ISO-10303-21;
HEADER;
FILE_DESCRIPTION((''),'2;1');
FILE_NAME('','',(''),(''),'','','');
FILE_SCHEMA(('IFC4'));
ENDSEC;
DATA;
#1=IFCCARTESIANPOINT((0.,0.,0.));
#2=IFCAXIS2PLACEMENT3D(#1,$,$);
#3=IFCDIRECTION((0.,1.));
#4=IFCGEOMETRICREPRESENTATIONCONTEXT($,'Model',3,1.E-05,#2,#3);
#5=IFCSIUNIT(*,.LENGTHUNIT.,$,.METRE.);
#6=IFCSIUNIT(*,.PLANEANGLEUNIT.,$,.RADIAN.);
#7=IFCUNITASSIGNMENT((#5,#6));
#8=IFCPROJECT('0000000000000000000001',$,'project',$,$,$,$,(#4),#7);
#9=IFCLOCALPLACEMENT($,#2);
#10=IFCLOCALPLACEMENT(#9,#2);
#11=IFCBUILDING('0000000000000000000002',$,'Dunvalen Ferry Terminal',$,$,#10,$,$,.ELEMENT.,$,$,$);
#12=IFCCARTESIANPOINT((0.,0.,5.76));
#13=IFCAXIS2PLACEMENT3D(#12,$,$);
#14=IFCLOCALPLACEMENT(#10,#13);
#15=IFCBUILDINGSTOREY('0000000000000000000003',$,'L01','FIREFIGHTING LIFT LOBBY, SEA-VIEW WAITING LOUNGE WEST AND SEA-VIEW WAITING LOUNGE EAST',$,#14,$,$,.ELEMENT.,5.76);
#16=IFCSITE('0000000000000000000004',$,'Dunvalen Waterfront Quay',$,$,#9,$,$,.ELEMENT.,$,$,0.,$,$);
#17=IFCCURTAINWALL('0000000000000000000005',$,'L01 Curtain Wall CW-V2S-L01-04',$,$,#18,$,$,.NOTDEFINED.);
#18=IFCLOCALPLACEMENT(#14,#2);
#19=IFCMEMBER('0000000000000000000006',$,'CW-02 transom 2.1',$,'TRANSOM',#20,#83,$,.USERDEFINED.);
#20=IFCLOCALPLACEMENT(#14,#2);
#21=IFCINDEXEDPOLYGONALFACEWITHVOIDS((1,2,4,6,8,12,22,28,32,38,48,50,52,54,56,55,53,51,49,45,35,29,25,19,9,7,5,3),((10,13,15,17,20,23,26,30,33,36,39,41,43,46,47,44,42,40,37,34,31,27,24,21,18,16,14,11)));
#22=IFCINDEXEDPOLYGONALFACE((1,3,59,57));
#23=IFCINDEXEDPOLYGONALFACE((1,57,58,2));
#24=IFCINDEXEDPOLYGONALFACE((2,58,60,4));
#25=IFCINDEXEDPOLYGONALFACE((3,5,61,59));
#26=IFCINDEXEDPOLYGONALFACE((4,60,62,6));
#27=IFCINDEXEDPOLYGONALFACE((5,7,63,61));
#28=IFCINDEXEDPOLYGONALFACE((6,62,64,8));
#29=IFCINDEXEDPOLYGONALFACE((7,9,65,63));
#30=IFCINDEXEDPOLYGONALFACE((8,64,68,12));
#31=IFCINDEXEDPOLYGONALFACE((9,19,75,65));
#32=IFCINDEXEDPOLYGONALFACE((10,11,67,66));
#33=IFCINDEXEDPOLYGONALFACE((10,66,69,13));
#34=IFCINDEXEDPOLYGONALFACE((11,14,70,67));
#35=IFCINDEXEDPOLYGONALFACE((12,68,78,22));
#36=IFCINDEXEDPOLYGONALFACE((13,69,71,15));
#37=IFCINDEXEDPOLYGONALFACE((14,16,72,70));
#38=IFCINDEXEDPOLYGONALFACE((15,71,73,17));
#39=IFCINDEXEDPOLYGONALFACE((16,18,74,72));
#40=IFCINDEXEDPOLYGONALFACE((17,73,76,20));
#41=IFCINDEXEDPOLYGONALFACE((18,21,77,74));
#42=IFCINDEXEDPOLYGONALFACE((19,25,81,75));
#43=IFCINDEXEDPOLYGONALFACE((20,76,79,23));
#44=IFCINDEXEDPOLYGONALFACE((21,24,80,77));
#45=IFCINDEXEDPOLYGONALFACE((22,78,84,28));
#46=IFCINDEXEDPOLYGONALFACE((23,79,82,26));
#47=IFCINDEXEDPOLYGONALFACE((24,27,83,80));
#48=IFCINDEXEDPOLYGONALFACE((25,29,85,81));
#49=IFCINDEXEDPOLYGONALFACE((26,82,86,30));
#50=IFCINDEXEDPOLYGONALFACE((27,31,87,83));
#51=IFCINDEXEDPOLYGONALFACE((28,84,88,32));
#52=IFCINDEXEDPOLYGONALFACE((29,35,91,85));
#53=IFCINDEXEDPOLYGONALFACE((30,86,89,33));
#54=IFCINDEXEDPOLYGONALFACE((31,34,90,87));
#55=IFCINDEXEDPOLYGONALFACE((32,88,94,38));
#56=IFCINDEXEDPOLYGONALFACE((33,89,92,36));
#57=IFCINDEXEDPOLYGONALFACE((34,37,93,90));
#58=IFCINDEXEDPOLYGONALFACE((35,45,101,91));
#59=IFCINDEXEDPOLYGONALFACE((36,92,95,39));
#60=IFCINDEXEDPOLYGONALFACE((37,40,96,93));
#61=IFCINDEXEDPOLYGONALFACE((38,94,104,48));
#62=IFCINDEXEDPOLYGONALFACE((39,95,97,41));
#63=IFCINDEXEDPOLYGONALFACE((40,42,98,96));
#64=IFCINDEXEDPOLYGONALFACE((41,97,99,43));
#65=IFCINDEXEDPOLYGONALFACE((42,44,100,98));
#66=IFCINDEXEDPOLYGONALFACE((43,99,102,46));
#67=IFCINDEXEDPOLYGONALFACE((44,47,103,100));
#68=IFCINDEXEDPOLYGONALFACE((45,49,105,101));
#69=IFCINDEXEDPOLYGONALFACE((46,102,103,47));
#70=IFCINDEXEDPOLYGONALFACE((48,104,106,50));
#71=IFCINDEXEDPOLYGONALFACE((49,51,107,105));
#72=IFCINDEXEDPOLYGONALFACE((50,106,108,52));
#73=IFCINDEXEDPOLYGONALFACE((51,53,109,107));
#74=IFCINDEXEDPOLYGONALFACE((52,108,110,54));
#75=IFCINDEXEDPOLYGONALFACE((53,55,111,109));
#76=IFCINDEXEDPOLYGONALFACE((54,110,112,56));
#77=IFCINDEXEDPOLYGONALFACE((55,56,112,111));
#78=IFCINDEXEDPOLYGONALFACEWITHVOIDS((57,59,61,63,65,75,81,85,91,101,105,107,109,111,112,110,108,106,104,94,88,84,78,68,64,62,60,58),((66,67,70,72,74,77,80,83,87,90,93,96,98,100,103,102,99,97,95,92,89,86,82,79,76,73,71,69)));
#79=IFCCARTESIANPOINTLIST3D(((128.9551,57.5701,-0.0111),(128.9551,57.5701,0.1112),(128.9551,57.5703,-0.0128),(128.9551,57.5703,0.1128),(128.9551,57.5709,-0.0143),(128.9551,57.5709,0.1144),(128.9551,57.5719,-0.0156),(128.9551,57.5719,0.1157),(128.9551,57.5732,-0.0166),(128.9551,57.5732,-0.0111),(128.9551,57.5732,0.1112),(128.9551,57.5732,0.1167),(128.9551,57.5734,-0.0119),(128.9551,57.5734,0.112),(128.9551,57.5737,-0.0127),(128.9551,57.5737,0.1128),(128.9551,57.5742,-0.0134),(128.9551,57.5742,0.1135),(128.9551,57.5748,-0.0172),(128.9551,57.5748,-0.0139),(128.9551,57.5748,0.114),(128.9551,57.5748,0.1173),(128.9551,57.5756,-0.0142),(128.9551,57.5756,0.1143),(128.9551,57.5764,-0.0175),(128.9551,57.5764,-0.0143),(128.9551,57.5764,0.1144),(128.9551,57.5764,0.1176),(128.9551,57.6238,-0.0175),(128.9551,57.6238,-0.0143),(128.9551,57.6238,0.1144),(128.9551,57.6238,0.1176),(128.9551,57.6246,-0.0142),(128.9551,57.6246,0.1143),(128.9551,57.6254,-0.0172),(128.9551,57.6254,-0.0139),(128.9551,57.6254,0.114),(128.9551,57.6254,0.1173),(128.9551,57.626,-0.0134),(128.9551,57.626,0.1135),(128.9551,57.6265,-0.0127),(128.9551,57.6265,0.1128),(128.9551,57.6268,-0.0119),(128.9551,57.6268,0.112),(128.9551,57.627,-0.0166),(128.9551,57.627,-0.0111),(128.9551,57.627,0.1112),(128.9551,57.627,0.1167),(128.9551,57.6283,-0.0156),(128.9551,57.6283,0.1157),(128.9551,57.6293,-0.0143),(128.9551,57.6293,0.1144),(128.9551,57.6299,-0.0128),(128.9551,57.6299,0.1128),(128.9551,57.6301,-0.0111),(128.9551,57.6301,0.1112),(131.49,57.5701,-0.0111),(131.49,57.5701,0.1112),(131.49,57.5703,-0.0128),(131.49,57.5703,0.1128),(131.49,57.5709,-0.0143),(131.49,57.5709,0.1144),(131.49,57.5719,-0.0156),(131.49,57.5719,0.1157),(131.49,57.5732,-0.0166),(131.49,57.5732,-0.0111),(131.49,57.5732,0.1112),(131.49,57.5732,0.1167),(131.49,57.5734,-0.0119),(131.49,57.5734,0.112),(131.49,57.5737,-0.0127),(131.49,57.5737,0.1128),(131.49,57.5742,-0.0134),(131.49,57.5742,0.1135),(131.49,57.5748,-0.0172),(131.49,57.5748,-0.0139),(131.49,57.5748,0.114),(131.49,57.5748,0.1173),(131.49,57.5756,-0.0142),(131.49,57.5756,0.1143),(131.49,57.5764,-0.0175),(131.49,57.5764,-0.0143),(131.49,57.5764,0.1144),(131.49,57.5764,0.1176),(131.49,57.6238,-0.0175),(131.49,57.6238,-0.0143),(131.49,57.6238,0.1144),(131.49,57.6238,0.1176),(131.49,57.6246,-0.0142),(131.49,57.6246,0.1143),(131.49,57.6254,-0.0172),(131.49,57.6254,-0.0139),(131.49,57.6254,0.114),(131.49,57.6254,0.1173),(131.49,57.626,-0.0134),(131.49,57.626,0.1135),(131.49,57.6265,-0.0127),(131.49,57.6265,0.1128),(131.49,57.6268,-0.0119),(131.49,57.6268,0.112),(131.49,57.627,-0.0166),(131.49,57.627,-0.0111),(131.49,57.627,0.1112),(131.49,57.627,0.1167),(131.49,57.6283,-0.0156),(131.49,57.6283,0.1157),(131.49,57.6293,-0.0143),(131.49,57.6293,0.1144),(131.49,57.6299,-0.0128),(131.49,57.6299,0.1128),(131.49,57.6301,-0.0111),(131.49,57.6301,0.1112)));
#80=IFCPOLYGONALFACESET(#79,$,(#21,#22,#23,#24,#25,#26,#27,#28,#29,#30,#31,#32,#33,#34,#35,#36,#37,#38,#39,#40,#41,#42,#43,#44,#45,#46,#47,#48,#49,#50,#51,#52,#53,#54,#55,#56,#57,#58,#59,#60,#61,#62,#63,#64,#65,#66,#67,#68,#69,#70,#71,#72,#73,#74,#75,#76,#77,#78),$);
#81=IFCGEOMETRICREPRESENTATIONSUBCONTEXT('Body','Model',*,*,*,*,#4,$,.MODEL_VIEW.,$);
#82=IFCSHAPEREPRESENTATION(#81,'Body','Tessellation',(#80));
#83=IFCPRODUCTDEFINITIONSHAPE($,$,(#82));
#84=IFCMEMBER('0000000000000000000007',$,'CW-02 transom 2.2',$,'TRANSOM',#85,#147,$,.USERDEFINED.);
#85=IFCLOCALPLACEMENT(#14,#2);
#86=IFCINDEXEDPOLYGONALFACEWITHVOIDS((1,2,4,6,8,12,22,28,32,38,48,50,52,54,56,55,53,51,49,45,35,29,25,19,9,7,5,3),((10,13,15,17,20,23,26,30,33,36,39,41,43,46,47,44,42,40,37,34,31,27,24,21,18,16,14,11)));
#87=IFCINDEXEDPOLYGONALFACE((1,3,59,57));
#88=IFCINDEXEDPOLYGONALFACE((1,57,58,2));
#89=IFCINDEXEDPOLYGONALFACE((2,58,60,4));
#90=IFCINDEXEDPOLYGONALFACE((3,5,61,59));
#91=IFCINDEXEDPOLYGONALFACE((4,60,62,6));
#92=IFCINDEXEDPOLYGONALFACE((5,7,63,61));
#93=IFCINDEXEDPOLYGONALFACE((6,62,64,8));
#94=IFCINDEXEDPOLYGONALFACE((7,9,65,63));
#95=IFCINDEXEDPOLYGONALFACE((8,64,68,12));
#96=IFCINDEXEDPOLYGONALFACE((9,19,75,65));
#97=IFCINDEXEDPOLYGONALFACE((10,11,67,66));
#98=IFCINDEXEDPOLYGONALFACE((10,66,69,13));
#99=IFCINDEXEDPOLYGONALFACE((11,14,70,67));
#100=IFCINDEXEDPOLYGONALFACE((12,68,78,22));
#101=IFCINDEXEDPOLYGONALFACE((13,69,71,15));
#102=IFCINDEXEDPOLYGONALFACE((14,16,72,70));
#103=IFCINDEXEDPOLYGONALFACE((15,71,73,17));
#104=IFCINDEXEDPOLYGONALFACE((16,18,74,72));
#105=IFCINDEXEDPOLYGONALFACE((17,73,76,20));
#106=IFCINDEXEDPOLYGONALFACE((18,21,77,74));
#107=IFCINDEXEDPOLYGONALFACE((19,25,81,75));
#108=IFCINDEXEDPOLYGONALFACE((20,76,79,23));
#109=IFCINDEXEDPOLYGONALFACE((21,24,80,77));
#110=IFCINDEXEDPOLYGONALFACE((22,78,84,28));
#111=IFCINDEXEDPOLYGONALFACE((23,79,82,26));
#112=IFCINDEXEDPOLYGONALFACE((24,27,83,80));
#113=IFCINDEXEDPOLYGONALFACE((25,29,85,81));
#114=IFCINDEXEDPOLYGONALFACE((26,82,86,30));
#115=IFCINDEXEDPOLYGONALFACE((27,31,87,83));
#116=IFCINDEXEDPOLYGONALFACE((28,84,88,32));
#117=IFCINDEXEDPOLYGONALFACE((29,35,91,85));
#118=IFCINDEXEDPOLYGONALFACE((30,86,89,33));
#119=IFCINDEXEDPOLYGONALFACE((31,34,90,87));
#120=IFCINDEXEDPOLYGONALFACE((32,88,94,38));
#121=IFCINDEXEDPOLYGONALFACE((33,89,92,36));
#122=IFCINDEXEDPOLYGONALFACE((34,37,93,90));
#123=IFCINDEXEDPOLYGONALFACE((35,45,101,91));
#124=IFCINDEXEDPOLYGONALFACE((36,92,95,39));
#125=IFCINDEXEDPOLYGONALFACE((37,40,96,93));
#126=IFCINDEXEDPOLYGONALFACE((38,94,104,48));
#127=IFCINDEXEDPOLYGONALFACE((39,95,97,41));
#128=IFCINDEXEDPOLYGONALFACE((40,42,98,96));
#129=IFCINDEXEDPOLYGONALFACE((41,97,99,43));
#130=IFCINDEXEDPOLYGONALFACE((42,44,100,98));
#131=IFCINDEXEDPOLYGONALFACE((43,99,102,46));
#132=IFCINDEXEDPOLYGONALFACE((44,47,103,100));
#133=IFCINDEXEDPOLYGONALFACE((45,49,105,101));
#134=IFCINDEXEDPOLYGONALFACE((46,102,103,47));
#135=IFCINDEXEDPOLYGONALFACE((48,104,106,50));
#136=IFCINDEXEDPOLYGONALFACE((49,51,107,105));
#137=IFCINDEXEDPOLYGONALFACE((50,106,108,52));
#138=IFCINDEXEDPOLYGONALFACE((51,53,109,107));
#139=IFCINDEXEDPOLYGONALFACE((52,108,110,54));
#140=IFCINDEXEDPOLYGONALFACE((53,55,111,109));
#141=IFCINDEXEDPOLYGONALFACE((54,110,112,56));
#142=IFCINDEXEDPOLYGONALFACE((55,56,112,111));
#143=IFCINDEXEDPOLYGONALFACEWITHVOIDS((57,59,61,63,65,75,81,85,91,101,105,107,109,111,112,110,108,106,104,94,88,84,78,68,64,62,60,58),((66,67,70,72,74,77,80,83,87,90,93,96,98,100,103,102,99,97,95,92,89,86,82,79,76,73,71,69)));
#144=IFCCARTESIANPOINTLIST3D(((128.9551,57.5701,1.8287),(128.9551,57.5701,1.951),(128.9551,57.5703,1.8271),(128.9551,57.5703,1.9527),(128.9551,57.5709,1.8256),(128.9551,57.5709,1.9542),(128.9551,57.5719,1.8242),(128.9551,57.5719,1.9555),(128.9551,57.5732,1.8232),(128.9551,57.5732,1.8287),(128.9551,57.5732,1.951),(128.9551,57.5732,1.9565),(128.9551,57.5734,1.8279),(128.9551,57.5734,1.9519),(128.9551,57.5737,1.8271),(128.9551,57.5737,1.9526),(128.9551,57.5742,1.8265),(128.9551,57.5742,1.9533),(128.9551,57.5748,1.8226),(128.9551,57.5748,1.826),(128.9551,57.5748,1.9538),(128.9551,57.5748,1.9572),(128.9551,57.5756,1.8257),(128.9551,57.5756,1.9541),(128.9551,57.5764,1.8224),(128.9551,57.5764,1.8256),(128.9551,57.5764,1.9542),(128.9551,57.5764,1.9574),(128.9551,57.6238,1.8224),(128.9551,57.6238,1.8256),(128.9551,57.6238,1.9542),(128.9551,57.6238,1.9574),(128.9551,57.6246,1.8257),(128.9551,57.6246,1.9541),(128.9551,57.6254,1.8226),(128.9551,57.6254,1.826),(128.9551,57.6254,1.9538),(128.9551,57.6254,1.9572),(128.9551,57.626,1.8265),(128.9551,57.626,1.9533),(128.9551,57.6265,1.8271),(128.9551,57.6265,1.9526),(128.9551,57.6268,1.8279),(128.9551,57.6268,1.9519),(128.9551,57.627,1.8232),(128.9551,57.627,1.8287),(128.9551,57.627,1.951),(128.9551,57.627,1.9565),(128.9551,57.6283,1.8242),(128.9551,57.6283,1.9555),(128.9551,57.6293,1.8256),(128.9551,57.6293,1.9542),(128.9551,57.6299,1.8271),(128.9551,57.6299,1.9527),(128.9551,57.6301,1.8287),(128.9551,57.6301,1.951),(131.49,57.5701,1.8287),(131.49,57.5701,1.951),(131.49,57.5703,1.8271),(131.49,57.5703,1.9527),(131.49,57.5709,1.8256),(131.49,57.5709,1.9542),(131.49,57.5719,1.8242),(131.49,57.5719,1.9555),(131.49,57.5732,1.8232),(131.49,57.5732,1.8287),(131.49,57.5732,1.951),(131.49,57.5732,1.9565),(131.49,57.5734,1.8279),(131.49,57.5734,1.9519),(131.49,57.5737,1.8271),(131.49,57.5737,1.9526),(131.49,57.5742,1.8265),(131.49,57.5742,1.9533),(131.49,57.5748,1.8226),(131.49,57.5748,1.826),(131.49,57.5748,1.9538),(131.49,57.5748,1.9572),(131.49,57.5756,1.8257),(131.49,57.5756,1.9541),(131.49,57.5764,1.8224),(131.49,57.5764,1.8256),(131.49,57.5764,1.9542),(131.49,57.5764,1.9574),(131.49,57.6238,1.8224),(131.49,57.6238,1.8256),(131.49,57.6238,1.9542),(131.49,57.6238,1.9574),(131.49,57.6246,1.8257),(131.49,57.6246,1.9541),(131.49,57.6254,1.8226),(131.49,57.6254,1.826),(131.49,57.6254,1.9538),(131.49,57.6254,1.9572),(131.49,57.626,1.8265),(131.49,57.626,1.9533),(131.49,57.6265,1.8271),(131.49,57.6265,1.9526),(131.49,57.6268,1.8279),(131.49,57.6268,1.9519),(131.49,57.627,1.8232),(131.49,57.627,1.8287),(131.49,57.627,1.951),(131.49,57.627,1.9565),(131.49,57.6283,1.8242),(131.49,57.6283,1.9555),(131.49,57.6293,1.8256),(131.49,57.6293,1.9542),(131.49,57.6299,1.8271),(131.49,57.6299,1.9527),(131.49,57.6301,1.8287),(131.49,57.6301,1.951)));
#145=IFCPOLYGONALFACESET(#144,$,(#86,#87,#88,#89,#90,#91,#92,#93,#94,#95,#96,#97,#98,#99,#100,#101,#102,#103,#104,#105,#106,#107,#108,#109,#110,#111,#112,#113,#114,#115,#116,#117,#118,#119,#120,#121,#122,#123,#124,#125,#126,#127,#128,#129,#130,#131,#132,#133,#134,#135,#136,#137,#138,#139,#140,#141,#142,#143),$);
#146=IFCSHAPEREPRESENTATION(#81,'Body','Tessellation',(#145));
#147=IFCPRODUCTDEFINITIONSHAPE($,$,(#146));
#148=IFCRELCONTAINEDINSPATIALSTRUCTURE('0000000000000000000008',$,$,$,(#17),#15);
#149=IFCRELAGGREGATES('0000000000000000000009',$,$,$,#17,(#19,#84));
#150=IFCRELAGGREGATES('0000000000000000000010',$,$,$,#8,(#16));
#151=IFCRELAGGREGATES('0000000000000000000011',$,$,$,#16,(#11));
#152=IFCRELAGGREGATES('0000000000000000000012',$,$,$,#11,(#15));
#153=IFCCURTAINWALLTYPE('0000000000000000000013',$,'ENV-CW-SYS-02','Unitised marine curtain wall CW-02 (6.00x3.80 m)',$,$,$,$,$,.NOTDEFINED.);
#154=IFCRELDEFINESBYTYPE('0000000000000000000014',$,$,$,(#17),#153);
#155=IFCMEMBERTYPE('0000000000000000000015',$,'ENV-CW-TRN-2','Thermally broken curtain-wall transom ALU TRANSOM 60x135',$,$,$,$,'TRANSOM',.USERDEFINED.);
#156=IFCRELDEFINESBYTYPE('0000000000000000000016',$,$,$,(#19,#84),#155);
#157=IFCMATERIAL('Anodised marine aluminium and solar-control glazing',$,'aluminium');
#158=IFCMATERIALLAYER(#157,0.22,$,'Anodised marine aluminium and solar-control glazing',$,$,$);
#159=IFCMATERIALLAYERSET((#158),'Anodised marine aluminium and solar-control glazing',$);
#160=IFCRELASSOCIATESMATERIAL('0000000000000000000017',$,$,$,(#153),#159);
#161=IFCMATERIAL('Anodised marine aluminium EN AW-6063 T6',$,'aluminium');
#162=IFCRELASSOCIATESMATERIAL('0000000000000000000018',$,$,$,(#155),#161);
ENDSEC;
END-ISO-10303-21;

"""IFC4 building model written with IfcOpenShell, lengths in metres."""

from ifc_helpers import new_model, si_unit, direction, frame, origin, origin_2d, place, context, subcontext, project, spatial, hollow_rectangle, extrude, material, layer, layer_set, material_profile, profile_set, type_object, element, aggregate, save


model = new_model("IFC4")

# Units and contexts
model_context = context("Model", 3, precision=1e-05, world=origin(), true_north=direction((0.0, 1.0)))
body_context = subcontext(model_context, "Body", "Model", "MODEL_VIEW")
ifc_project = project(units=[si_unit("LENGTHUNIT", "METRE"), si_unit("PLANEANGLEUNIT", "RADIAN")], contexts=[model_context])

# Site, building, storey
site_placement = place(None, origin())
site = spatial("IfcSite", under=ifc_project, at=site_placement, Name="Dunvalen Waterfront Quay", CompositionType="ELEMENT", RefElevation=0.0)
building_placement = place(site_placement, origin())
building = spatial("IfcBuilding", under=site, at=building_placement, Name="Dunvalen Ferry Terminal", CompositionType="ELEMENT")
storey_placement = place(building_placement, frame((0.0, 0.0, 5.76)))
storey = spatial("IfcBuildingStorey", under=building, at=storey_placement, Name="L01", Description="FIREFIGHTING LIFT LOBBY, SEA-VIEW WAITING LOUNGE WEST AND SEA-VIEW WAITING LOUNGE EAST", CompositionType="ELEMENT", Elevation=5.76)

# Shared definitions
ifc_material_1 = material(Name="Anodised marine aluminium and solar-control glazing", Category="aluminium")
ifc_layer_1 = layer(ifc_material_1, 0.22, Name="Anodised marine aluminium and solar-control glazing")
ifc_layer_set_1 = layer_set([ifc_layer_1], Name="Anodised marine aluminium and solar-control glazing")
curtain_wall_type = type_object("IfcCurtainWallType", Name="ENV-CW-SYS-02", Description="Unitised marine curtain wall CW-02 (6.00x3.80 m)", PredefinedType="NOTDEFINED", material=ifc_layer_set_1)
ifc_material_2 = material(Name="Anodised marine aluminium EN AW-6063 T6", Category="aluminium")

# Curtain wall
curtain_wall_1_placement = place(storey_placement, origin())
curtain_wall_1 = element("IfcCurtainWall", 1, at=curtain_wall_1_placement, inside=storey, type_object=curtain_wall_type, Name="L01 Curtain Wall CW-V2S-L01-04", PredefinedType="NOTDEFINED")

# Members
ifc_material_profile_1 = material_profile(ifc_material_2, hollow_rectangle(XDim=0.0601, YDim=0.135, WallThickness=0.0032, InnerFilletRadius=0.0032, OuterFilletRadius=0.0063, at=origin_2d()), Name="Anodised marine aluminium EN AW-6063 T6")
ifc_profile_set_1 = profile_set([ifc_material_profile_1], Name="Anodised marine aluminium EN AW-6063 T6")
member_type_1 = type_object("IfcMemberType", Name="ENV-CW-TRN-2", Description="Thermally broken curtain-wall transom ALU TRANSOM 60x135", ElementType="TRANSOM", PredefinedType="USERDEFINED", material=ifc_profile_set_1)
member_1_placement = place(storey_placement, frame((128.9551, 57.6001, 0.05), z_axis=(1.0, 0.0, 0.0), x_axis=(0.0, 1.0, 0.0)))
member_1 = element("IfcMember", 2, at=member_1_placement, type_object=member_type_1, Name="CW-02 transom 2.1", ObjectType="TRANSOM", PredefinedType="USERDEFINED", context=body_context, shape_type="SweptSolid", body=[
    extrude(hollow_rectangle(XDim=0.0601, YDim=0.135, WallThickness=0.0032, InnerFilletRadius=0.0032, OuterFilletRadius=0.0063, at=origin_2d()), origin(), (0.0, 0.0, 1.0), 2.5349),
])
member_2_placement = place(storey_placement, frame((128.9551, 57.6001, 1.8899), z_axis=(1.0, 0.0, 0.0), x_axis=(0.0, 1.0, 0.0)))
member_2 = element("IfcMember", 3, at=member_2_placement, type_object=member_type_1, Name="CW-02 transom 2.2", ObjectType="TRANSOM", PredefinedType="USERDEFINED", context=body_context, shape_type="SweptSolid", body=[
    extrude(hollow_rectangle(XDim=0.0601, YDim=0.135, WallThickness=0.0032, InnerFilletRadius=0.0032, OuterFilletRadius=0.0063, at=origin_2d()), origin(), (0.0, 0.0, 1.0), 2.5349),
])

aggregate(curtain_wall_1, [member_1, member_2])

save(model, "model.ifc")
